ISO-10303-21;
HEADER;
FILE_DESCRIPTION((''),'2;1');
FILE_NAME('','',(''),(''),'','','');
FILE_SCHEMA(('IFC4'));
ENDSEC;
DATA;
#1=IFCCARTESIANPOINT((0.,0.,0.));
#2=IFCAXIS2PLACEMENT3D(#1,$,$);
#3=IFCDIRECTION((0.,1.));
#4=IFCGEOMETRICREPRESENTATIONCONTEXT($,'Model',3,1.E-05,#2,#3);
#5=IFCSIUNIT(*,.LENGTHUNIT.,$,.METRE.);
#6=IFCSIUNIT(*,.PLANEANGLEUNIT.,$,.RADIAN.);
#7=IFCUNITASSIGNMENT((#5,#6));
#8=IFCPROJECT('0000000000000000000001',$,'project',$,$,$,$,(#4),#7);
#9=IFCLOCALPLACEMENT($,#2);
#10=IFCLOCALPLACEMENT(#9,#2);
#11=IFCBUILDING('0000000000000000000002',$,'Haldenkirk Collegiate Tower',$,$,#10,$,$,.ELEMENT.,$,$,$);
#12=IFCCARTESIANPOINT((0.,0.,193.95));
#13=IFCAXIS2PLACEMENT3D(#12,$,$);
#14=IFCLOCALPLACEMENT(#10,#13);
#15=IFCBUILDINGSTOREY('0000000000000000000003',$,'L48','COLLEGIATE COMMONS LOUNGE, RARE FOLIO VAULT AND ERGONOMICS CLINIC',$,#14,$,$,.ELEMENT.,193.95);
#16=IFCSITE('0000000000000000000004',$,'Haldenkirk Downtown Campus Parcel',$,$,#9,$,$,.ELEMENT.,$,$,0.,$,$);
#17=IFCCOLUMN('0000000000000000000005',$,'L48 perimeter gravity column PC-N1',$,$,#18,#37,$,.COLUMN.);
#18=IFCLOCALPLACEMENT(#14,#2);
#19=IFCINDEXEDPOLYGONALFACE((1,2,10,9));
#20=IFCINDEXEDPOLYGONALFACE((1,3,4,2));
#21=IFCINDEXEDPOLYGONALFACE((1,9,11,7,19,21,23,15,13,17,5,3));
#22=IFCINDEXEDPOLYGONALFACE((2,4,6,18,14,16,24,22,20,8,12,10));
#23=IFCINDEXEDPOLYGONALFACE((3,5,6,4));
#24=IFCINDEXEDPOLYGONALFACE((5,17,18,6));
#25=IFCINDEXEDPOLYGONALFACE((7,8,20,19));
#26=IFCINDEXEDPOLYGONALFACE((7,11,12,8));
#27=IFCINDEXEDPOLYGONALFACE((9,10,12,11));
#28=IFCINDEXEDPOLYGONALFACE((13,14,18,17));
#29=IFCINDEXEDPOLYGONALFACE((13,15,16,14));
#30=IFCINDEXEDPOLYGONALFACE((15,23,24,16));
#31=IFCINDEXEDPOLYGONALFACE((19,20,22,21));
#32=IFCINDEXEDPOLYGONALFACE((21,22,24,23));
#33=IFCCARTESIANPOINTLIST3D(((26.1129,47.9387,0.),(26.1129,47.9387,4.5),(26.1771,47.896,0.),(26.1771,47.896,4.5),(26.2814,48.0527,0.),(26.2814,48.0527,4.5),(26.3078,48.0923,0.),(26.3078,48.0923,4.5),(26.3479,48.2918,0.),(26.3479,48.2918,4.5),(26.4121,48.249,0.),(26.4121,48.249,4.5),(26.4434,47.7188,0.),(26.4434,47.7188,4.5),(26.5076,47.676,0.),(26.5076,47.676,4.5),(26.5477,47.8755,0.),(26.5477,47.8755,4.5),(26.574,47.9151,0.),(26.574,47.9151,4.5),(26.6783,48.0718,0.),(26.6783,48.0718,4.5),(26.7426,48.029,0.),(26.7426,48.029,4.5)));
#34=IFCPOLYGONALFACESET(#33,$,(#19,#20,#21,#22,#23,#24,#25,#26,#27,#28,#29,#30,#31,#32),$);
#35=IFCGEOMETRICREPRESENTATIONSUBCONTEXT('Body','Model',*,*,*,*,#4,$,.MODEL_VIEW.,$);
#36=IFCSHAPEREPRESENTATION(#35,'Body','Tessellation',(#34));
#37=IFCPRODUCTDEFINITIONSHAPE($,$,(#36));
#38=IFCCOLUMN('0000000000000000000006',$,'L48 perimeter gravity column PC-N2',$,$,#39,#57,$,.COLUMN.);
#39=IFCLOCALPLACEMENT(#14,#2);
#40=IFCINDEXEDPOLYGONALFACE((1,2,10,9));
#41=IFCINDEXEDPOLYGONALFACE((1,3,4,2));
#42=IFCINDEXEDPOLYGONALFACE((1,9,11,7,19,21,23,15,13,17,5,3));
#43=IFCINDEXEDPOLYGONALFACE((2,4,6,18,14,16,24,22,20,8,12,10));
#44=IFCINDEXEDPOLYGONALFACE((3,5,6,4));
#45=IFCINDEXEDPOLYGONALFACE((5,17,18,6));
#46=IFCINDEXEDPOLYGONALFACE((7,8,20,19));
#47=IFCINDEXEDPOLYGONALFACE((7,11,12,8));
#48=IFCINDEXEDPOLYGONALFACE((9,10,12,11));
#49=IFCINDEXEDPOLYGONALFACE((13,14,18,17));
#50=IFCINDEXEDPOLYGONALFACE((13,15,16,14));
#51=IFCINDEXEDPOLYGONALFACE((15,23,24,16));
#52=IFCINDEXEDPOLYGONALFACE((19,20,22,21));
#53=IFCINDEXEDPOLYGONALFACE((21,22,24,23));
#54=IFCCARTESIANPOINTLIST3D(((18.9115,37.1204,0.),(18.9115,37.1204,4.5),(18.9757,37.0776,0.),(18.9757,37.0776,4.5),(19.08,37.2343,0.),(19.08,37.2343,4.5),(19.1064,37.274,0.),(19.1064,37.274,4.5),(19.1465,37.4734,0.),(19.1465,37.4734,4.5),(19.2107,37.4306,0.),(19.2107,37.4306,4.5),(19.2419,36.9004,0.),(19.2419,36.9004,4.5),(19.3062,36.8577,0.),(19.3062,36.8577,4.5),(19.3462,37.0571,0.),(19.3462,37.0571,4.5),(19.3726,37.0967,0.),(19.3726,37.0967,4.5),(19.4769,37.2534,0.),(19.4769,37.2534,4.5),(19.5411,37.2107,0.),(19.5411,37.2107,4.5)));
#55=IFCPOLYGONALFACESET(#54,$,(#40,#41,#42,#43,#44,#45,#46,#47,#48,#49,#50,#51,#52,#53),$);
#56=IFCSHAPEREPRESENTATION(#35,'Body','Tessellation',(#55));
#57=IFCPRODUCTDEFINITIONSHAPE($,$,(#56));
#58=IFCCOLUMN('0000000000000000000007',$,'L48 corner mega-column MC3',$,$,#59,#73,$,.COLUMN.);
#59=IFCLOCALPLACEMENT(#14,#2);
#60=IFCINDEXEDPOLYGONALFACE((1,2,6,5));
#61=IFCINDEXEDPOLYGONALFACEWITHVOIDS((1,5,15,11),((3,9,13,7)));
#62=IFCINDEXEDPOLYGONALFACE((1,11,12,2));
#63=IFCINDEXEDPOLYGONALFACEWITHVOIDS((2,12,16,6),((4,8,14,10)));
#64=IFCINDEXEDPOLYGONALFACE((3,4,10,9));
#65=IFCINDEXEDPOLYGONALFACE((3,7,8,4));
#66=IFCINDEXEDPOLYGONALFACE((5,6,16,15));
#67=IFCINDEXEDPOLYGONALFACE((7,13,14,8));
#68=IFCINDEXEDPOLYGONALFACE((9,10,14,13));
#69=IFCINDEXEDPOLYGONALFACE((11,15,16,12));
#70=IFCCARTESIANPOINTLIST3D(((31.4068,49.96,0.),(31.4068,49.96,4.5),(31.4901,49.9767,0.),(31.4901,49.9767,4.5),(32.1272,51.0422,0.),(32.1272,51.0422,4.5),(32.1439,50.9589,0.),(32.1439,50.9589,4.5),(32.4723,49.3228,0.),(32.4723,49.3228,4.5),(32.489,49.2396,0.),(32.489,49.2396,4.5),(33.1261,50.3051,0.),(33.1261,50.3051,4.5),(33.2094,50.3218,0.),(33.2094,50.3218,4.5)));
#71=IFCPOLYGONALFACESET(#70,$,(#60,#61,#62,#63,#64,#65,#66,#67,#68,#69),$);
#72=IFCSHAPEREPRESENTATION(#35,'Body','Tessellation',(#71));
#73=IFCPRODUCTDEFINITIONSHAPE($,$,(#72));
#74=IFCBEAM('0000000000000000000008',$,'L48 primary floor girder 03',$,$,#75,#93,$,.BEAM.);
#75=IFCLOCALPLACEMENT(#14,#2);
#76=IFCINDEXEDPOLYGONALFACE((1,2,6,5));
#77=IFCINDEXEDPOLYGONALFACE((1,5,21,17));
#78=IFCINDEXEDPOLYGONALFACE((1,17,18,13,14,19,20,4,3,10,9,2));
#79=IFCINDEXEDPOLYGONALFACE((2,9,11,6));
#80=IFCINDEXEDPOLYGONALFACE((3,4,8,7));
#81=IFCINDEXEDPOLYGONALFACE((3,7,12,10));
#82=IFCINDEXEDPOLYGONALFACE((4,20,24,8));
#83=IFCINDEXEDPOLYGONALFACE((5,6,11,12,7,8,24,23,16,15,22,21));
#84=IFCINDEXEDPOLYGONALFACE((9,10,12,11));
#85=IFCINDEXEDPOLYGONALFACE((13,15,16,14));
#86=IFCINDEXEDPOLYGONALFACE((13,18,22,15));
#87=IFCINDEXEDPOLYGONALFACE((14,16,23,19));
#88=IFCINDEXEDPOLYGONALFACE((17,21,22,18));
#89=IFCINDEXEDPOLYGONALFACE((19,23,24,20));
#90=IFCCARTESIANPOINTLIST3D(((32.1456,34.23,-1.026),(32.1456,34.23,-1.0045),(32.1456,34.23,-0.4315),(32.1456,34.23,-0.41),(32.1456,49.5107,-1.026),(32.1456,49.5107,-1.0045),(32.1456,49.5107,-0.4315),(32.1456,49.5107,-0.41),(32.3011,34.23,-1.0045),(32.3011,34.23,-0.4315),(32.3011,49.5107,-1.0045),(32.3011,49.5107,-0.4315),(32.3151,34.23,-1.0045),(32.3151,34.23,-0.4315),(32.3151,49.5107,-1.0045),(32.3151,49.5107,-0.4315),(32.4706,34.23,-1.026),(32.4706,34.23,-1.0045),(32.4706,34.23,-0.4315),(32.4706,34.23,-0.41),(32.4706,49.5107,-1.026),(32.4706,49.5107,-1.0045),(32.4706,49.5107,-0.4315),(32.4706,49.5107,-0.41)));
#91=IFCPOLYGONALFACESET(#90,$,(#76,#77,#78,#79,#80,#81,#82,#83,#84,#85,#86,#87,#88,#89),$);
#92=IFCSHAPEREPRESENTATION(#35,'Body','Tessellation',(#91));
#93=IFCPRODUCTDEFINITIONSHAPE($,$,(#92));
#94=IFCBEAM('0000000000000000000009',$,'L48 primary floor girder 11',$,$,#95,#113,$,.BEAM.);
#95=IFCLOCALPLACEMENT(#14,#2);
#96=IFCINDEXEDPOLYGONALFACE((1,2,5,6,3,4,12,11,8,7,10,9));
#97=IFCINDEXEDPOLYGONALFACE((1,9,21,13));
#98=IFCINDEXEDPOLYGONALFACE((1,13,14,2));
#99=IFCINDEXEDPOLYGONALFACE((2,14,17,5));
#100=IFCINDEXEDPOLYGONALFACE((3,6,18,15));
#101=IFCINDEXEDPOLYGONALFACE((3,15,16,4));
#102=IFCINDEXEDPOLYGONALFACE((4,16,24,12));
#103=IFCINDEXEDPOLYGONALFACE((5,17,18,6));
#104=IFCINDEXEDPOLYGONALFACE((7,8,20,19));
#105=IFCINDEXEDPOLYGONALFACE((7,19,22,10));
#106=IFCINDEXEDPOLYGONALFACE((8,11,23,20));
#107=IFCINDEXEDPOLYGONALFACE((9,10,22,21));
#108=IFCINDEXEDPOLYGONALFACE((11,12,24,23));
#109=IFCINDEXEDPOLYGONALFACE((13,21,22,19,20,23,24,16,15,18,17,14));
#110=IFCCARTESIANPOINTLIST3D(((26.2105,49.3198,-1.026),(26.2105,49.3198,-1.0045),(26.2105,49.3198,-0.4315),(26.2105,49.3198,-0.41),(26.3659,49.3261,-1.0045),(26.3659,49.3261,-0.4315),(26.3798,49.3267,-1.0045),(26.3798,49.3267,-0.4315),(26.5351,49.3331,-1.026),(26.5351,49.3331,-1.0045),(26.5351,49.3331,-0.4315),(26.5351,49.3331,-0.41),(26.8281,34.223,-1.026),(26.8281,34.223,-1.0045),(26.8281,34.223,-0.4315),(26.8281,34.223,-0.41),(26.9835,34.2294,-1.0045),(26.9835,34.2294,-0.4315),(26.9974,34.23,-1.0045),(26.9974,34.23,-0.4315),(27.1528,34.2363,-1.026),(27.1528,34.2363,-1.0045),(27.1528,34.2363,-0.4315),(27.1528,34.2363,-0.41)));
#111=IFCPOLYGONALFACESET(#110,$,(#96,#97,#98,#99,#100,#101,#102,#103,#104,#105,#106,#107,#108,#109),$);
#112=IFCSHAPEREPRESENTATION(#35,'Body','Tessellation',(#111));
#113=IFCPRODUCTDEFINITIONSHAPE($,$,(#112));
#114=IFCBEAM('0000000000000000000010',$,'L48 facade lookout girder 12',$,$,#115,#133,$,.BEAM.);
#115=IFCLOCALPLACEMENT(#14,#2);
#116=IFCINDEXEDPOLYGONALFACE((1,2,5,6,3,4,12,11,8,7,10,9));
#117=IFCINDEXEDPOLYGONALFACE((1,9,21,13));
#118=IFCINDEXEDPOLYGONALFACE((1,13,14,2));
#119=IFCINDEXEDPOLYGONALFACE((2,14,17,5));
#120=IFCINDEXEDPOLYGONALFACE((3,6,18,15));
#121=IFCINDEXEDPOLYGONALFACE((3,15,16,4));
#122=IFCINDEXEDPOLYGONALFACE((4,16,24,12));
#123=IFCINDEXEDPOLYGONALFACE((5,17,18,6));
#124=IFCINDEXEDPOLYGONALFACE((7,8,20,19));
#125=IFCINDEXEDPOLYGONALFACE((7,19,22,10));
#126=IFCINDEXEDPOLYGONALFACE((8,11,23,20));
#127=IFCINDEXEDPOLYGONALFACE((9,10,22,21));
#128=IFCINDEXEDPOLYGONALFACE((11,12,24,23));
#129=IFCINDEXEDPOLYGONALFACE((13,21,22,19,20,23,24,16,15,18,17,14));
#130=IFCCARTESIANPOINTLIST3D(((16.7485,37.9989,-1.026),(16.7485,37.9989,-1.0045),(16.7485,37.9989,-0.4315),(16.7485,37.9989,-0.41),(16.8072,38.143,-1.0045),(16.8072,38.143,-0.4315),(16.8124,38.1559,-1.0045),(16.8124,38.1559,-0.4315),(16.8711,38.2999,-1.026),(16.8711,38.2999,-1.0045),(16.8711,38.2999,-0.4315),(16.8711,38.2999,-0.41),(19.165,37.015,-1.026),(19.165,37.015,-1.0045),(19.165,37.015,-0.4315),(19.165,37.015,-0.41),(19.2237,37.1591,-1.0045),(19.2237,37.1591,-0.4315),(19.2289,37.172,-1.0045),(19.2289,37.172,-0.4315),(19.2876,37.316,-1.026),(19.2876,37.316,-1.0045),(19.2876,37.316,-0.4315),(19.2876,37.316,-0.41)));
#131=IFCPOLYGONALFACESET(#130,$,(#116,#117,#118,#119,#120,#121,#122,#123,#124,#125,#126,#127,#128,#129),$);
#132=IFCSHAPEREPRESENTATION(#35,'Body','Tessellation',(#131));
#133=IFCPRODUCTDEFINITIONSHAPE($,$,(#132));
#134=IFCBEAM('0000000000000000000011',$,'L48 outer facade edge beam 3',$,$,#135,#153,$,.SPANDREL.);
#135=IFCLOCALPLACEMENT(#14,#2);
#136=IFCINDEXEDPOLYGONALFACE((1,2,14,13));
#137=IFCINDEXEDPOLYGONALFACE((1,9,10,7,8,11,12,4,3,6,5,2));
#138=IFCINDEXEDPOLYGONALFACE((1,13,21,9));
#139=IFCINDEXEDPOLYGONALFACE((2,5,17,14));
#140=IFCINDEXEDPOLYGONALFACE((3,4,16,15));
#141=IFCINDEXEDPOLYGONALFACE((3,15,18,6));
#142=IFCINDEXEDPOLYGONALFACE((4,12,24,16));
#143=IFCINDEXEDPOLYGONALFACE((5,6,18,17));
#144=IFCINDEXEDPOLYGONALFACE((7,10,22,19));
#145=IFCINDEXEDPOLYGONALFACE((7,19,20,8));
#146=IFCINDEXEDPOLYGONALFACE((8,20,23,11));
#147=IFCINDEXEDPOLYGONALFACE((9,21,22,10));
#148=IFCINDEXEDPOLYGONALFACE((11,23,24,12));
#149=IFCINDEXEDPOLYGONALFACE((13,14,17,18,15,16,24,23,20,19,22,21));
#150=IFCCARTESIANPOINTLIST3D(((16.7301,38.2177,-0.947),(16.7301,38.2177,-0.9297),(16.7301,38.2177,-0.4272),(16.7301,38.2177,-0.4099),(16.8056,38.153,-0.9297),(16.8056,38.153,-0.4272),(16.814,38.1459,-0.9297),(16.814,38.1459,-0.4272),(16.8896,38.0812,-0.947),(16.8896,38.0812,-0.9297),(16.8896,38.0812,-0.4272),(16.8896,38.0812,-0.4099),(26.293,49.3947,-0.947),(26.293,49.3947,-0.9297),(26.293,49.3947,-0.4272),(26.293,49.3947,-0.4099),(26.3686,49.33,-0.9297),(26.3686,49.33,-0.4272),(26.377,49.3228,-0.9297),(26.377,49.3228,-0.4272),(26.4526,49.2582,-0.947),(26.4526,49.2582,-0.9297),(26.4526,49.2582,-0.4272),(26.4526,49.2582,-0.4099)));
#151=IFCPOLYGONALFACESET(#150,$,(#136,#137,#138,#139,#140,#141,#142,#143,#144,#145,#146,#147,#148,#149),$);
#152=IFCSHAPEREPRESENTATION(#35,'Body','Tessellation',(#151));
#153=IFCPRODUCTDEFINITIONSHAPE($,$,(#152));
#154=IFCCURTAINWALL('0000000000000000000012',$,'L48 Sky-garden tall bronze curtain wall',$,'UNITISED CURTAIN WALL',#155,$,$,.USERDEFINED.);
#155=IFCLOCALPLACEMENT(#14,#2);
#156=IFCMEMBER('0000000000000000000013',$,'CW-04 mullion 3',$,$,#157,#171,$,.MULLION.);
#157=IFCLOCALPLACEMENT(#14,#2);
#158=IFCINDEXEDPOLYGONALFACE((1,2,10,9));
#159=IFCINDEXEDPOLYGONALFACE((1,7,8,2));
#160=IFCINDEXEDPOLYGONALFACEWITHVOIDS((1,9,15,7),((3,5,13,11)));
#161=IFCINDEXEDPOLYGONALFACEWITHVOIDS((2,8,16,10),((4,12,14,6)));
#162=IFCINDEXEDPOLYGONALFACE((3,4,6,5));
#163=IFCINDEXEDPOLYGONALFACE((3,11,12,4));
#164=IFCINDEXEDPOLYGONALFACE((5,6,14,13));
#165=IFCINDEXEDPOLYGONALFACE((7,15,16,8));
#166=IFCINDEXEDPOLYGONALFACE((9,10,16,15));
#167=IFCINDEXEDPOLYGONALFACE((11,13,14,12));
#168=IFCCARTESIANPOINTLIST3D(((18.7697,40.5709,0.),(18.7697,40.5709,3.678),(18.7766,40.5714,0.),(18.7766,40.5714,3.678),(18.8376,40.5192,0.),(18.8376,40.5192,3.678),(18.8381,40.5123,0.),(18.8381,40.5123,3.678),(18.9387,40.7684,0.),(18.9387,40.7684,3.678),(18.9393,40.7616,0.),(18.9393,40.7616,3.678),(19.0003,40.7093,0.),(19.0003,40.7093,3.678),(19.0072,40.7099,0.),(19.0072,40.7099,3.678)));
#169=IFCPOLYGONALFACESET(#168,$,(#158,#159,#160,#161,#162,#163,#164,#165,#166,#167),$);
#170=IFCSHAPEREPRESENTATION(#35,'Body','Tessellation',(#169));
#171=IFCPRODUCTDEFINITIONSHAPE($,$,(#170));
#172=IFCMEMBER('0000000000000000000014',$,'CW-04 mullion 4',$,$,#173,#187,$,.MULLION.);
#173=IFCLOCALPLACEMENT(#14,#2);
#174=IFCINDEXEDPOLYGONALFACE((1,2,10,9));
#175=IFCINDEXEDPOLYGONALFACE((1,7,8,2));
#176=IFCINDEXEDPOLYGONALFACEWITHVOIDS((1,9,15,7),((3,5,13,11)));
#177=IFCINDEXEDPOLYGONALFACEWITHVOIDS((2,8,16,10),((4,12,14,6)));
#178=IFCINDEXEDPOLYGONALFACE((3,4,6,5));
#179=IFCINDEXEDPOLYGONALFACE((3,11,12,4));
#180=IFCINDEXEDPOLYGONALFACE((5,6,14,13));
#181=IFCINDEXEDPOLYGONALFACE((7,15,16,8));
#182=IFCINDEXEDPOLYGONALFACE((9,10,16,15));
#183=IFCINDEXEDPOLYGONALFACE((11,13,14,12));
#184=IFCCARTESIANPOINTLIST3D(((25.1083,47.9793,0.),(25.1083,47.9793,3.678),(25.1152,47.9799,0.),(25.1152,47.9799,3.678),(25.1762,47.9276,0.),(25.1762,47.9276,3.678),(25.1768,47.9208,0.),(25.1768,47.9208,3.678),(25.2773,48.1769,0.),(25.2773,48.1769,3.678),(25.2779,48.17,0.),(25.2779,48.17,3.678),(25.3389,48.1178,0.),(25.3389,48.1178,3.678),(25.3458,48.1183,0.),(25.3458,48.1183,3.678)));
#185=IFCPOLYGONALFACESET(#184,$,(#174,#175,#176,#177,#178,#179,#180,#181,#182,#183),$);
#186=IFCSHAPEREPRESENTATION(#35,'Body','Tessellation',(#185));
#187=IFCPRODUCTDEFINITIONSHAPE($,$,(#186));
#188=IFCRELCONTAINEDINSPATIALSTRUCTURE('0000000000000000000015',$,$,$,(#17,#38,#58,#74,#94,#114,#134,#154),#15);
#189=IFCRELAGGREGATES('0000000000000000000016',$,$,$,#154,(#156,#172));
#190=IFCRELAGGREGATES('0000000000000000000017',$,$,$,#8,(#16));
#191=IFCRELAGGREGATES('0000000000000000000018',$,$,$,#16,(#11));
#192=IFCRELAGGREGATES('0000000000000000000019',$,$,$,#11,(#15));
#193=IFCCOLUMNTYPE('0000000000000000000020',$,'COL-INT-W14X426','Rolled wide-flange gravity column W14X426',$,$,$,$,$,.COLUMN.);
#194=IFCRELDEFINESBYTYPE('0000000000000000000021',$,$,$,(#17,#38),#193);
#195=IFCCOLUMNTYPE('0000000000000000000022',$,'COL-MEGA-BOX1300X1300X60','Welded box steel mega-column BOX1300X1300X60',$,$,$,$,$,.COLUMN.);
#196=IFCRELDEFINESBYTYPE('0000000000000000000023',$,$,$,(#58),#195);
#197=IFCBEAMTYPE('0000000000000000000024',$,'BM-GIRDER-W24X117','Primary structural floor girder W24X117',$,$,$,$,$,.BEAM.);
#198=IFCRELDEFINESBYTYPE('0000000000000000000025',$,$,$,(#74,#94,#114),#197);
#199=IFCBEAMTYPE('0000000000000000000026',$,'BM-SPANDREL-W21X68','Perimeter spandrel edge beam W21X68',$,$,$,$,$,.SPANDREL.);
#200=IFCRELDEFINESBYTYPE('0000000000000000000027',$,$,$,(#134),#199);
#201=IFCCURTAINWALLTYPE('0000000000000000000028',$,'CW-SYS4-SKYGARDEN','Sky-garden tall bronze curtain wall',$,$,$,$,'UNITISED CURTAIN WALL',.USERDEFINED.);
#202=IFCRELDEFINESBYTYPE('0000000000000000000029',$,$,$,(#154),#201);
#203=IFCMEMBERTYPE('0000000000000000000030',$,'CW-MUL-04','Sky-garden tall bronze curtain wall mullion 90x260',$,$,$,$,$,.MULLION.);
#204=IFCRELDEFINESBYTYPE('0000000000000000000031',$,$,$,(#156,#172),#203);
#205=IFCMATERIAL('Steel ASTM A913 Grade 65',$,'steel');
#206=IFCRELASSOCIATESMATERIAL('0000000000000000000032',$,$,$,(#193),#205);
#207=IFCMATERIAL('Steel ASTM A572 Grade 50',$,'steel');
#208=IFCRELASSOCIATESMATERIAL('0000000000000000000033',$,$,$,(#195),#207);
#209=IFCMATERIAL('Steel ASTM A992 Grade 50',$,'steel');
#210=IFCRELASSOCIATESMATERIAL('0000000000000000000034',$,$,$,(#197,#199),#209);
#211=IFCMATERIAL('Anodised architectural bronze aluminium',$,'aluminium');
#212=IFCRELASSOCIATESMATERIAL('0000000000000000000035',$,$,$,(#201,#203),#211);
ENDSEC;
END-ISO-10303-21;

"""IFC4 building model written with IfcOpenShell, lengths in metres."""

from ifc_helpers import new_model, si_unit, direction, frame, origin, origin_2d, place, context, subcontext, project, spatial, hollow_rectangle, i_section, extrude, material, material_profile, profile_set, type_object, element, aggregate, save


model = new_model("IFC4")

# Units and contexts
model_context = context("Model", 3, precision=1e-05, world=origin(), true_north=direction((0.0, 1.0)))
body_context = subcontext(model_context, "Body", "Model", "MODEL_VIEW")
ifc_project = project(units=[si_unit("LENGTHUNIT", "METRE"), si_unit("PLANEANGLEUNIT", "RADIAN")], contexts=[model_context])

# Site, building, storey
site_placement = place(None, origin())
site = spatial("IfcSite", under=ifc_project, at=site_placement, Name="Haldenkirk Downtown Campus Parcel", CompositionType="ELEMENT", RefElevation=0.0)
building_placement = place(site_placement, origin())
building = spatial("IfcBuilding", under=site, at=building_placement, Name="Haldenkirk Collegiate Tower", CompositionType="ELEMENT")
storey_placement = place(building_placement, frame((0.0, 0.0, 193.95)))
storey = spatial("IfcBuildingStorey", under=building, at=storey_placement, Name="L48", Description="COLLEGIATE COMMONS LOUNGE, RARE FOLIO VAULT AND ERGONOMICS CLINIC", CompositionType="ELEMENT", Elevation=193.95)

# Columns
ifc_material_1 = material(Name="Steel ASTM A913 Grade 65", Category="steel")
ifc_material_profile_1 = material_profile(ifc_material_1, i_section(OverallWidth=0.4241, OverallDepth=0.4741, WebThickness=0.0476, FlangeThickness=0.0771, at=origin_2d()), Name="W14X426")
ifc_profile_set_1 = profile_set([ifc_material_profile_1], Name="Steel ASTM A913 Grade 65")
column_type_1 = type_object("IfcColumnType", Name="COL-INT-W14X426", Description="Rolled wide-flange gravity column W14X426", PredefinedType="COLUMN", material=ifc_profile_set_1)
for number, where, z_axis, x_axis, name in (
    (1, (26.4277, 47.9839, 0.0), (0.0, 0.0, 1.0), (0.554118, 0.832438, 0.0), "L48 perimeter gravity column PC-N1"),
    (2, (19.2263, 37.1655, 0.0), (0.0, 0.0, 1.0), (0.554118, 0.832438, 0.0), "L48 perimeter gravity column PC-N2"),
):
    element("IfcColumn", number, at=place(storey_placement, frame(where, z_axis=z_axis, x_axis=x_axis)), inside=storey, type_object=column_type_1, Name=name, PredefinedType="COLUMN", context=body_context, shape_type="SweptSolid", body=[
        extrude(i_section(OverallWidth=0.4241, OverallDepth=0.4741, WebThickness=0.0476, FlangeThickness=0.0771, at=origin_2d()), origin(), (0.0, 0.0, 1.0), 4.5),
    ])
ifc_material_2 = material(Name="Steel ASTM A572 Grade 50", Category="steel")
ifc_material_profile_2 = material_profile(ifc_material_2, hollow_rectangle(XDim=1.3, YDim=1.3, WallThickness=0.0601, at=origin_2d()), Name="BOX1300X1300X60")
ifc_profile_set_2 = profile_set([ifc_material_profile_2], Name="Steel ASTM A572 Grade 50")
column_type_2 = type_object("IfcColumnType", Name="COL-MEGA-BOX1300X1300X60", Description="Welded box steel mega-column BOX1300X1300X60", PredefinedType="COLUMN", material=ifc_profile_set_2)
column_placement = place(storey_placement, frame((32.3081, 50.1409, 0.0), z_axis=(0.0, 0.0, 1.0), x_axis=(0.554118, 0.832438, 0.0)))
element("IfcColumn", 3, at=column_placement, inside=storey, type_object=column_type_2, Name="L48 corner mega-column MC3", PredefinedType="COLUMN", context=body_context, shape_type="SweptSolid", body=[
    extrude(hollow_rectangle(XDim=1.3, YDim=1.3, WallThickness=0.0601, at=origin_2d()), origin(), (0.0, 0.0, 1.0), 4.5),
])

# Beams
ifc_material_3 = material(Name="Steel ASTM A992 Grade 50", Category="steel")
ifc_material_profile_3 = material_profile(ifc_material_3, i_section(OverallWidth=0.325, OverallDepth=0.616, WebThickness=0.0139, FlangeThickness=0.0215, at=origin_2d()), Name="W24X117")
ifc_profile_set_3 = profile_set([ifc_material_profile_3], Name="Steel ASTM A992 Grade 50")
beam_type_1 = type_object("IfcBeamType", Name="BM-GIRDER-W24X117", Description="Primary structural floor girder W24X117", PredefinedType="BEAM", material=ifc_profile_set_3)
beam_1_placement = place(storey_placement, frame((32.3081, 49.5107, -0.718), z_axis=(0.0, -1.0, 0.0), x_axis=(1.0, 0.0, 0.0)))
element("IfcBeam", 4, at=beam_1_placement, inside=storey, type_object=beam_type_1, Name="L48 primary floor girder 03", PredefinedType="BEAM", context=body_context, shape_type="SweptSolid", body=[
    extrude(i_section(OverallWidth=0.325, OverallDepth=0.616, WebThickness=0.0139, FlangeThickness=0.0215, at=origin_2d()), origin(), (0.0, 0.0, 1.0), 15.2808),
])
beam_2_placement = place(storey_placement, frame((26.3728, 49.3264, -0.718), z_axis=(0.04088, -0.999164, 0.0), x_axis=(0.999164, 0.04088, 0.0)))
element("IfcBeam", 5, at=beam_2_placement, inside=storey, type_object=beam_type_1, Name="L48 primary floor girder 11", PredefinedType="BEAM", context=body_context, shape_type="SweptSolid", body=[
    extrude(i_section(OverallWidth=0.325, OverallDepth=0.616, WebThickness=0.0139, FlangeThickness=0.0215, at=origin_2d()), origin(), (0.0, 0.0, 1.0), 15.1094),
])
beam_3_placement = place(storey_placement, frame((19.2263, 37.1655, -0.718), z_axis=(-0.926175, 0.377095, 0.0), x_axis=(-0.377095, -0.926175, 0.0)))
element("IfcBeam", 6, at=beam_3_placement, inside=storey, type_object=beam_type_1, Name="L48 facade lookout girder 12", PredefinedType="BEAM", context=body_context, shape_type="SweptSolid", body=[
    extrude(i_section(OverallWidth=0.325, OverallDepth=0.616, WebThickness=0.0139, FlangeThickness=0.0215, at=origin_2d()), origin(), (0.0, 0.0, 1.0), 2.6091),
])
ifc_material_profile_4 = material_profile(ifc_material_3, i_section(OverallWidth=0.21, OverallDepth=0.5371, WebThickness=0.011, FlangeThickness=0.0173, at=origin_2d()), Name="W21X68")
ifc_profile_set_4 = profile_set([ifc_material_profile_4], Name="Steel ASTM A992 Grade 50")
beam_type_2 = type_object("IfcBeamType", Name="BM-SPANDREL-W21X68", Description="Perimeter spandrel edge beam W21X68", PredefinedType="SPANDREL", material=ifc_profile_set_4)
beam_4_placement = place(storey_placement, frame((26.3728, 49.3264, -0.6785), z_axis=(-0.650113, -0.759837, 0.0), x_axis=(0.759837, -0.650113, 0.0)))
element("IfcBeam", 7, at=beam_4_placement, inside=storey, type_object=beam_type_2, Name="L48 outer facade edge beam 3", PredefinedType="SPANDREL", context=body_context, shape_type="SweptSolid", body=[
    extrude(i_section(OverallWidth=0.21, OverallDepth=0.5371, WebThickness=0.011, FlangeThickness=0.0173, at=origin_2d()), origin(), (0.0, 0.0, 1.0), 14.7097),
])

# Curtain wall, members
ifc_material_4 = material(Name="Anodised architectural bronze aluminium", Category="aluminium")
curtain_wall_type = type_object("IfcCurtainWallType", Name="CW-SYS4-SKYGARDEN", Description="Sky-garden tall bronze curtain wall", ElementType="UNITISED CURTAIN WALL", PredefinedType="USERDEFINED", material=ifc_material_4)
curtain_wall_placement = place(storey_placement, origin())
curtain_wall = element("IfcCurtainWall", 8, at=curtain_wall_placement, inside=storey, type_object=curtain_wall_type, Name="L48 Sky-garden tall bronze curtain wall", ObjectType="UNITISED CURTAIN WALL", PredefinedType="USERDEFINED")
ifc_material_profile_5 = material_profile(ifc_material_4, hollow_rectangle(XDim=0.0901, YDim=0.26, WallThickness=0.0049, at=origin_2d()), Name="CW-MUL-04")
ifc_profile_set_5 = profile_set([ifc_material_profile_5], Name="Anodised architectural bronze aluminium")
member_type_1 = type_object("IfcMemberType", Name="CW-MUL-04", Description="Sky-garden tall bronze curtain wall mullion 90x260", PredefinedType="MULLION", material=ifc_profile_set_5)
member_1_placement = place(storey_placement, frame((18.8884, 40.6404, 0.0), z_axis=(0.0, 0.0, 1.0), x_axis=(-0.759838, 0.650112, 0.0)))
member_1 = element("IfcMember", 9, at=member_1_placement, type_object=member_type_1, Name="CW-04 mullion 3", PredefinedType="MULLION", context=body_context, shape_type="SweptSolid", body=[
    extrude(hollow_rectangle(XDim=0.0901, YDim=0.26, WallThickness=0.0049, at=origin_2d()), origin(), (0.0, 0.0, 1.0), 3.678),
])
member_2_placement = place(storey_placement, frame((25.2271, 48.0488, 0.0), z_axis=(0.0, 0.0, 1.0), x_axis=(-0.759838, 0.650112, 0.0)))
member_2 = element("IfcMember", 10, at=member_2_placement, type_object=member_type_1, Name="CW-04 mullion 4", PredefinedType="MULLION", context=body_context, shape_type="SweptSolid", body=[
    extrude(hollow_rectangle(XDim=0.0901, YDim=0.26, WallThickness=0.0049, at=origin_2d()), origin(), (0.0, 0.0, 1.0), 3.678),
])

aggregate(curtain_wall, [member_1, member_2])

save(model, "model.ifc")
